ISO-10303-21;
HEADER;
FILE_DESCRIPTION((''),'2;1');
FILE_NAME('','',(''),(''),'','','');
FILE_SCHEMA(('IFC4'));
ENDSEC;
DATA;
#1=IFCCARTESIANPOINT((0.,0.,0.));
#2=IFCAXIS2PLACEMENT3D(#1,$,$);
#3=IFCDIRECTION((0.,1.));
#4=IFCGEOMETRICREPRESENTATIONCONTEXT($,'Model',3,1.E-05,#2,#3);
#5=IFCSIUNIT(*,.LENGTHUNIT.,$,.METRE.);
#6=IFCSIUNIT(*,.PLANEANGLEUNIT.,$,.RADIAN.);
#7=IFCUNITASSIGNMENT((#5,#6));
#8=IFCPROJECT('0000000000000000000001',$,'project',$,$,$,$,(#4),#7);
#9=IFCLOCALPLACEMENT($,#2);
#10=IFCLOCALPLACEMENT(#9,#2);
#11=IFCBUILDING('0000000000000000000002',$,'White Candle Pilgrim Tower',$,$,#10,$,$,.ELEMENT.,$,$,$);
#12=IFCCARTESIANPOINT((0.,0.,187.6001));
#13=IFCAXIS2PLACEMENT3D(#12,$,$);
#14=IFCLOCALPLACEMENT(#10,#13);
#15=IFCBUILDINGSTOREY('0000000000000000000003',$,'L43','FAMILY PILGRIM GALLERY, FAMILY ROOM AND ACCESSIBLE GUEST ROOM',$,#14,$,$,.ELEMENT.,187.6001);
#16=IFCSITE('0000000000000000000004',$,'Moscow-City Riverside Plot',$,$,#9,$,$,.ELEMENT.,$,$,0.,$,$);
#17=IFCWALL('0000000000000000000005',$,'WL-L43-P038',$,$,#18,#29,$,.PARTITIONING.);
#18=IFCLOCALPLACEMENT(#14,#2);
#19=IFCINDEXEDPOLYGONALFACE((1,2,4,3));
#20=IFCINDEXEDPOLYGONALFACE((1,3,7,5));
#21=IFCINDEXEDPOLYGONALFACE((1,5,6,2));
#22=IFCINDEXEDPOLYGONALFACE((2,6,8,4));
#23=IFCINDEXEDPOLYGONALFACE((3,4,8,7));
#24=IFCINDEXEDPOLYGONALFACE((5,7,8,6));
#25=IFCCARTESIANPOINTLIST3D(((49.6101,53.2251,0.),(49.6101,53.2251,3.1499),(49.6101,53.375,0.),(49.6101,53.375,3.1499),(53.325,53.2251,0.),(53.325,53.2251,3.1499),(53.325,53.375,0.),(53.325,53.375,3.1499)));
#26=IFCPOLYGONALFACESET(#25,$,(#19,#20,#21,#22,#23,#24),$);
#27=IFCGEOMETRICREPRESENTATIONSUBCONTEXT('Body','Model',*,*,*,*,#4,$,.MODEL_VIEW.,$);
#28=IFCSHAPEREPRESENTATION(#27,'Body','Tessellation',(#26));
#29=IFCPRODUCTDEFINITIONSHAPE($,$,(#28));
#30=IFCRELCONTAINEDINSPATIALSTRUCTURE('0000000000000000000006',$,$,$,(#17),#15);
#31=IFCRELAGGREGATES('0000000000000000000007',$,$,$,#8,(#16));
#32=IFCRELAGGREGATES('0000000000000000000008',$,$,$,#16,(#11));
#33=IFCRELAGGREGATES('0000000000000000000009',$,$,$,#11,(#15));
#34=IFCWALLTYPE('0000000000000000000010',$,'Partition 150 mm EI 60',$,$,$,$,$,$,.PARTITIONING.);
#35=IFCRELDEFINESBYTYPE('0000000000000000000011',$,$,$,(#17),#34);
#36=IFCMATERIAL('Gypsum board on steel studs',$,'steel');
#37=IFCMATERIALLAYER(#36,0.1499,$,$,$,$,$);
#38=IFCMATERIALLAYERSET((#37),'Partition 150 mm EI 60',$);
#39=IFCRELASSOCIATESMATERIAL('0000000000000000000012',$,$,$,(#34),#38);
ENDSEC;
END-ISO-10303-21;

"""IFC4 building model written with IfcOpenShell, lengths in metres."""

from ifc_helpers import new_model, si_unit, direction, frame, frame_2d, origin, place, context, subcontext, project, spatial, rectangle, extrude, material, layer, layer_set, type_object, element, save


model = new_model("IFC4")

# Units and contexts
model_context = context("Model", 3, precision=1e-05, world=origin(), true_north=direction((0.0, 1.0)))
body_context = subcontext(model_context, "Body", "Model", "MODEL_VIEW")
ifc_project = project(units=[si_unit("LENGTHUNIT", "METRE"), si_unit("PLANEANGLEUNIT", "RADIAN")], contexts=[model_context])

# Site, building, storey
site_placement = place(None, origin())
site = spatial("IfcSite", under=ifc_project, at=site_placement, Name="Moscow-City Riverside Plot", CompositionType="ELEMENT", RefElevation=0.0)
building_placement = place(site_placement, origin())
building = spatial("IfcBuilding", under=site, at=building_placement, Name="White Candle Pilgrim Tower", CompositionType="ELEMENT")
storey_placement = place(building_placement, frame((0.0, 0.0, 187.6001)))
storey = spatial("IfcBuildingStorey", under=building, at=storey_placement, Name="L43", Description="FAMILY PILGRIM GALLERY, FAMILY ROOM AND ACCESSIBLE GUEST ROOM", CompositionType="ELEMENT", Elevation=187.6001)

# Wall
ifc_material_1 = material(Name="Gypsum board on steel studs", Category="steel")
ifc_layer_1 = layer(ifc_material_1, 0.1499)
ifc_layer_set_1 = layer_set([ifc_layer_1], Name="Partition 150 mm EI 60")
wall_type_1 = type_object("IfcWallType", Name="Partition 150 mm EI 60", PredefinedType="PARTITIONING", material=ifc_layer_set_1)
wall_1_placement = place(storey_placement, frame((49.6101, 53.3, 0.0), z_axis=(0.0, 0.0, 1.0), x_axis=(1.0, 0.0, 0.0)))
element("IfcWall", 1, at=wall_1_placement, inside=storey, type_object=wall_type_1, Name="WL-L43-P038", PredefinedType="PARTITIONING", context=body_context, shape_type="SweptSolid", body=[
    extrude(rectangle(XDim=3.7148, YDim=0.1499, at=frame_2d((1.8574, 0.0))), origin(), (0.0, 0.0, 1.0), 3.1499),
])

save(model, "model.ifc")
